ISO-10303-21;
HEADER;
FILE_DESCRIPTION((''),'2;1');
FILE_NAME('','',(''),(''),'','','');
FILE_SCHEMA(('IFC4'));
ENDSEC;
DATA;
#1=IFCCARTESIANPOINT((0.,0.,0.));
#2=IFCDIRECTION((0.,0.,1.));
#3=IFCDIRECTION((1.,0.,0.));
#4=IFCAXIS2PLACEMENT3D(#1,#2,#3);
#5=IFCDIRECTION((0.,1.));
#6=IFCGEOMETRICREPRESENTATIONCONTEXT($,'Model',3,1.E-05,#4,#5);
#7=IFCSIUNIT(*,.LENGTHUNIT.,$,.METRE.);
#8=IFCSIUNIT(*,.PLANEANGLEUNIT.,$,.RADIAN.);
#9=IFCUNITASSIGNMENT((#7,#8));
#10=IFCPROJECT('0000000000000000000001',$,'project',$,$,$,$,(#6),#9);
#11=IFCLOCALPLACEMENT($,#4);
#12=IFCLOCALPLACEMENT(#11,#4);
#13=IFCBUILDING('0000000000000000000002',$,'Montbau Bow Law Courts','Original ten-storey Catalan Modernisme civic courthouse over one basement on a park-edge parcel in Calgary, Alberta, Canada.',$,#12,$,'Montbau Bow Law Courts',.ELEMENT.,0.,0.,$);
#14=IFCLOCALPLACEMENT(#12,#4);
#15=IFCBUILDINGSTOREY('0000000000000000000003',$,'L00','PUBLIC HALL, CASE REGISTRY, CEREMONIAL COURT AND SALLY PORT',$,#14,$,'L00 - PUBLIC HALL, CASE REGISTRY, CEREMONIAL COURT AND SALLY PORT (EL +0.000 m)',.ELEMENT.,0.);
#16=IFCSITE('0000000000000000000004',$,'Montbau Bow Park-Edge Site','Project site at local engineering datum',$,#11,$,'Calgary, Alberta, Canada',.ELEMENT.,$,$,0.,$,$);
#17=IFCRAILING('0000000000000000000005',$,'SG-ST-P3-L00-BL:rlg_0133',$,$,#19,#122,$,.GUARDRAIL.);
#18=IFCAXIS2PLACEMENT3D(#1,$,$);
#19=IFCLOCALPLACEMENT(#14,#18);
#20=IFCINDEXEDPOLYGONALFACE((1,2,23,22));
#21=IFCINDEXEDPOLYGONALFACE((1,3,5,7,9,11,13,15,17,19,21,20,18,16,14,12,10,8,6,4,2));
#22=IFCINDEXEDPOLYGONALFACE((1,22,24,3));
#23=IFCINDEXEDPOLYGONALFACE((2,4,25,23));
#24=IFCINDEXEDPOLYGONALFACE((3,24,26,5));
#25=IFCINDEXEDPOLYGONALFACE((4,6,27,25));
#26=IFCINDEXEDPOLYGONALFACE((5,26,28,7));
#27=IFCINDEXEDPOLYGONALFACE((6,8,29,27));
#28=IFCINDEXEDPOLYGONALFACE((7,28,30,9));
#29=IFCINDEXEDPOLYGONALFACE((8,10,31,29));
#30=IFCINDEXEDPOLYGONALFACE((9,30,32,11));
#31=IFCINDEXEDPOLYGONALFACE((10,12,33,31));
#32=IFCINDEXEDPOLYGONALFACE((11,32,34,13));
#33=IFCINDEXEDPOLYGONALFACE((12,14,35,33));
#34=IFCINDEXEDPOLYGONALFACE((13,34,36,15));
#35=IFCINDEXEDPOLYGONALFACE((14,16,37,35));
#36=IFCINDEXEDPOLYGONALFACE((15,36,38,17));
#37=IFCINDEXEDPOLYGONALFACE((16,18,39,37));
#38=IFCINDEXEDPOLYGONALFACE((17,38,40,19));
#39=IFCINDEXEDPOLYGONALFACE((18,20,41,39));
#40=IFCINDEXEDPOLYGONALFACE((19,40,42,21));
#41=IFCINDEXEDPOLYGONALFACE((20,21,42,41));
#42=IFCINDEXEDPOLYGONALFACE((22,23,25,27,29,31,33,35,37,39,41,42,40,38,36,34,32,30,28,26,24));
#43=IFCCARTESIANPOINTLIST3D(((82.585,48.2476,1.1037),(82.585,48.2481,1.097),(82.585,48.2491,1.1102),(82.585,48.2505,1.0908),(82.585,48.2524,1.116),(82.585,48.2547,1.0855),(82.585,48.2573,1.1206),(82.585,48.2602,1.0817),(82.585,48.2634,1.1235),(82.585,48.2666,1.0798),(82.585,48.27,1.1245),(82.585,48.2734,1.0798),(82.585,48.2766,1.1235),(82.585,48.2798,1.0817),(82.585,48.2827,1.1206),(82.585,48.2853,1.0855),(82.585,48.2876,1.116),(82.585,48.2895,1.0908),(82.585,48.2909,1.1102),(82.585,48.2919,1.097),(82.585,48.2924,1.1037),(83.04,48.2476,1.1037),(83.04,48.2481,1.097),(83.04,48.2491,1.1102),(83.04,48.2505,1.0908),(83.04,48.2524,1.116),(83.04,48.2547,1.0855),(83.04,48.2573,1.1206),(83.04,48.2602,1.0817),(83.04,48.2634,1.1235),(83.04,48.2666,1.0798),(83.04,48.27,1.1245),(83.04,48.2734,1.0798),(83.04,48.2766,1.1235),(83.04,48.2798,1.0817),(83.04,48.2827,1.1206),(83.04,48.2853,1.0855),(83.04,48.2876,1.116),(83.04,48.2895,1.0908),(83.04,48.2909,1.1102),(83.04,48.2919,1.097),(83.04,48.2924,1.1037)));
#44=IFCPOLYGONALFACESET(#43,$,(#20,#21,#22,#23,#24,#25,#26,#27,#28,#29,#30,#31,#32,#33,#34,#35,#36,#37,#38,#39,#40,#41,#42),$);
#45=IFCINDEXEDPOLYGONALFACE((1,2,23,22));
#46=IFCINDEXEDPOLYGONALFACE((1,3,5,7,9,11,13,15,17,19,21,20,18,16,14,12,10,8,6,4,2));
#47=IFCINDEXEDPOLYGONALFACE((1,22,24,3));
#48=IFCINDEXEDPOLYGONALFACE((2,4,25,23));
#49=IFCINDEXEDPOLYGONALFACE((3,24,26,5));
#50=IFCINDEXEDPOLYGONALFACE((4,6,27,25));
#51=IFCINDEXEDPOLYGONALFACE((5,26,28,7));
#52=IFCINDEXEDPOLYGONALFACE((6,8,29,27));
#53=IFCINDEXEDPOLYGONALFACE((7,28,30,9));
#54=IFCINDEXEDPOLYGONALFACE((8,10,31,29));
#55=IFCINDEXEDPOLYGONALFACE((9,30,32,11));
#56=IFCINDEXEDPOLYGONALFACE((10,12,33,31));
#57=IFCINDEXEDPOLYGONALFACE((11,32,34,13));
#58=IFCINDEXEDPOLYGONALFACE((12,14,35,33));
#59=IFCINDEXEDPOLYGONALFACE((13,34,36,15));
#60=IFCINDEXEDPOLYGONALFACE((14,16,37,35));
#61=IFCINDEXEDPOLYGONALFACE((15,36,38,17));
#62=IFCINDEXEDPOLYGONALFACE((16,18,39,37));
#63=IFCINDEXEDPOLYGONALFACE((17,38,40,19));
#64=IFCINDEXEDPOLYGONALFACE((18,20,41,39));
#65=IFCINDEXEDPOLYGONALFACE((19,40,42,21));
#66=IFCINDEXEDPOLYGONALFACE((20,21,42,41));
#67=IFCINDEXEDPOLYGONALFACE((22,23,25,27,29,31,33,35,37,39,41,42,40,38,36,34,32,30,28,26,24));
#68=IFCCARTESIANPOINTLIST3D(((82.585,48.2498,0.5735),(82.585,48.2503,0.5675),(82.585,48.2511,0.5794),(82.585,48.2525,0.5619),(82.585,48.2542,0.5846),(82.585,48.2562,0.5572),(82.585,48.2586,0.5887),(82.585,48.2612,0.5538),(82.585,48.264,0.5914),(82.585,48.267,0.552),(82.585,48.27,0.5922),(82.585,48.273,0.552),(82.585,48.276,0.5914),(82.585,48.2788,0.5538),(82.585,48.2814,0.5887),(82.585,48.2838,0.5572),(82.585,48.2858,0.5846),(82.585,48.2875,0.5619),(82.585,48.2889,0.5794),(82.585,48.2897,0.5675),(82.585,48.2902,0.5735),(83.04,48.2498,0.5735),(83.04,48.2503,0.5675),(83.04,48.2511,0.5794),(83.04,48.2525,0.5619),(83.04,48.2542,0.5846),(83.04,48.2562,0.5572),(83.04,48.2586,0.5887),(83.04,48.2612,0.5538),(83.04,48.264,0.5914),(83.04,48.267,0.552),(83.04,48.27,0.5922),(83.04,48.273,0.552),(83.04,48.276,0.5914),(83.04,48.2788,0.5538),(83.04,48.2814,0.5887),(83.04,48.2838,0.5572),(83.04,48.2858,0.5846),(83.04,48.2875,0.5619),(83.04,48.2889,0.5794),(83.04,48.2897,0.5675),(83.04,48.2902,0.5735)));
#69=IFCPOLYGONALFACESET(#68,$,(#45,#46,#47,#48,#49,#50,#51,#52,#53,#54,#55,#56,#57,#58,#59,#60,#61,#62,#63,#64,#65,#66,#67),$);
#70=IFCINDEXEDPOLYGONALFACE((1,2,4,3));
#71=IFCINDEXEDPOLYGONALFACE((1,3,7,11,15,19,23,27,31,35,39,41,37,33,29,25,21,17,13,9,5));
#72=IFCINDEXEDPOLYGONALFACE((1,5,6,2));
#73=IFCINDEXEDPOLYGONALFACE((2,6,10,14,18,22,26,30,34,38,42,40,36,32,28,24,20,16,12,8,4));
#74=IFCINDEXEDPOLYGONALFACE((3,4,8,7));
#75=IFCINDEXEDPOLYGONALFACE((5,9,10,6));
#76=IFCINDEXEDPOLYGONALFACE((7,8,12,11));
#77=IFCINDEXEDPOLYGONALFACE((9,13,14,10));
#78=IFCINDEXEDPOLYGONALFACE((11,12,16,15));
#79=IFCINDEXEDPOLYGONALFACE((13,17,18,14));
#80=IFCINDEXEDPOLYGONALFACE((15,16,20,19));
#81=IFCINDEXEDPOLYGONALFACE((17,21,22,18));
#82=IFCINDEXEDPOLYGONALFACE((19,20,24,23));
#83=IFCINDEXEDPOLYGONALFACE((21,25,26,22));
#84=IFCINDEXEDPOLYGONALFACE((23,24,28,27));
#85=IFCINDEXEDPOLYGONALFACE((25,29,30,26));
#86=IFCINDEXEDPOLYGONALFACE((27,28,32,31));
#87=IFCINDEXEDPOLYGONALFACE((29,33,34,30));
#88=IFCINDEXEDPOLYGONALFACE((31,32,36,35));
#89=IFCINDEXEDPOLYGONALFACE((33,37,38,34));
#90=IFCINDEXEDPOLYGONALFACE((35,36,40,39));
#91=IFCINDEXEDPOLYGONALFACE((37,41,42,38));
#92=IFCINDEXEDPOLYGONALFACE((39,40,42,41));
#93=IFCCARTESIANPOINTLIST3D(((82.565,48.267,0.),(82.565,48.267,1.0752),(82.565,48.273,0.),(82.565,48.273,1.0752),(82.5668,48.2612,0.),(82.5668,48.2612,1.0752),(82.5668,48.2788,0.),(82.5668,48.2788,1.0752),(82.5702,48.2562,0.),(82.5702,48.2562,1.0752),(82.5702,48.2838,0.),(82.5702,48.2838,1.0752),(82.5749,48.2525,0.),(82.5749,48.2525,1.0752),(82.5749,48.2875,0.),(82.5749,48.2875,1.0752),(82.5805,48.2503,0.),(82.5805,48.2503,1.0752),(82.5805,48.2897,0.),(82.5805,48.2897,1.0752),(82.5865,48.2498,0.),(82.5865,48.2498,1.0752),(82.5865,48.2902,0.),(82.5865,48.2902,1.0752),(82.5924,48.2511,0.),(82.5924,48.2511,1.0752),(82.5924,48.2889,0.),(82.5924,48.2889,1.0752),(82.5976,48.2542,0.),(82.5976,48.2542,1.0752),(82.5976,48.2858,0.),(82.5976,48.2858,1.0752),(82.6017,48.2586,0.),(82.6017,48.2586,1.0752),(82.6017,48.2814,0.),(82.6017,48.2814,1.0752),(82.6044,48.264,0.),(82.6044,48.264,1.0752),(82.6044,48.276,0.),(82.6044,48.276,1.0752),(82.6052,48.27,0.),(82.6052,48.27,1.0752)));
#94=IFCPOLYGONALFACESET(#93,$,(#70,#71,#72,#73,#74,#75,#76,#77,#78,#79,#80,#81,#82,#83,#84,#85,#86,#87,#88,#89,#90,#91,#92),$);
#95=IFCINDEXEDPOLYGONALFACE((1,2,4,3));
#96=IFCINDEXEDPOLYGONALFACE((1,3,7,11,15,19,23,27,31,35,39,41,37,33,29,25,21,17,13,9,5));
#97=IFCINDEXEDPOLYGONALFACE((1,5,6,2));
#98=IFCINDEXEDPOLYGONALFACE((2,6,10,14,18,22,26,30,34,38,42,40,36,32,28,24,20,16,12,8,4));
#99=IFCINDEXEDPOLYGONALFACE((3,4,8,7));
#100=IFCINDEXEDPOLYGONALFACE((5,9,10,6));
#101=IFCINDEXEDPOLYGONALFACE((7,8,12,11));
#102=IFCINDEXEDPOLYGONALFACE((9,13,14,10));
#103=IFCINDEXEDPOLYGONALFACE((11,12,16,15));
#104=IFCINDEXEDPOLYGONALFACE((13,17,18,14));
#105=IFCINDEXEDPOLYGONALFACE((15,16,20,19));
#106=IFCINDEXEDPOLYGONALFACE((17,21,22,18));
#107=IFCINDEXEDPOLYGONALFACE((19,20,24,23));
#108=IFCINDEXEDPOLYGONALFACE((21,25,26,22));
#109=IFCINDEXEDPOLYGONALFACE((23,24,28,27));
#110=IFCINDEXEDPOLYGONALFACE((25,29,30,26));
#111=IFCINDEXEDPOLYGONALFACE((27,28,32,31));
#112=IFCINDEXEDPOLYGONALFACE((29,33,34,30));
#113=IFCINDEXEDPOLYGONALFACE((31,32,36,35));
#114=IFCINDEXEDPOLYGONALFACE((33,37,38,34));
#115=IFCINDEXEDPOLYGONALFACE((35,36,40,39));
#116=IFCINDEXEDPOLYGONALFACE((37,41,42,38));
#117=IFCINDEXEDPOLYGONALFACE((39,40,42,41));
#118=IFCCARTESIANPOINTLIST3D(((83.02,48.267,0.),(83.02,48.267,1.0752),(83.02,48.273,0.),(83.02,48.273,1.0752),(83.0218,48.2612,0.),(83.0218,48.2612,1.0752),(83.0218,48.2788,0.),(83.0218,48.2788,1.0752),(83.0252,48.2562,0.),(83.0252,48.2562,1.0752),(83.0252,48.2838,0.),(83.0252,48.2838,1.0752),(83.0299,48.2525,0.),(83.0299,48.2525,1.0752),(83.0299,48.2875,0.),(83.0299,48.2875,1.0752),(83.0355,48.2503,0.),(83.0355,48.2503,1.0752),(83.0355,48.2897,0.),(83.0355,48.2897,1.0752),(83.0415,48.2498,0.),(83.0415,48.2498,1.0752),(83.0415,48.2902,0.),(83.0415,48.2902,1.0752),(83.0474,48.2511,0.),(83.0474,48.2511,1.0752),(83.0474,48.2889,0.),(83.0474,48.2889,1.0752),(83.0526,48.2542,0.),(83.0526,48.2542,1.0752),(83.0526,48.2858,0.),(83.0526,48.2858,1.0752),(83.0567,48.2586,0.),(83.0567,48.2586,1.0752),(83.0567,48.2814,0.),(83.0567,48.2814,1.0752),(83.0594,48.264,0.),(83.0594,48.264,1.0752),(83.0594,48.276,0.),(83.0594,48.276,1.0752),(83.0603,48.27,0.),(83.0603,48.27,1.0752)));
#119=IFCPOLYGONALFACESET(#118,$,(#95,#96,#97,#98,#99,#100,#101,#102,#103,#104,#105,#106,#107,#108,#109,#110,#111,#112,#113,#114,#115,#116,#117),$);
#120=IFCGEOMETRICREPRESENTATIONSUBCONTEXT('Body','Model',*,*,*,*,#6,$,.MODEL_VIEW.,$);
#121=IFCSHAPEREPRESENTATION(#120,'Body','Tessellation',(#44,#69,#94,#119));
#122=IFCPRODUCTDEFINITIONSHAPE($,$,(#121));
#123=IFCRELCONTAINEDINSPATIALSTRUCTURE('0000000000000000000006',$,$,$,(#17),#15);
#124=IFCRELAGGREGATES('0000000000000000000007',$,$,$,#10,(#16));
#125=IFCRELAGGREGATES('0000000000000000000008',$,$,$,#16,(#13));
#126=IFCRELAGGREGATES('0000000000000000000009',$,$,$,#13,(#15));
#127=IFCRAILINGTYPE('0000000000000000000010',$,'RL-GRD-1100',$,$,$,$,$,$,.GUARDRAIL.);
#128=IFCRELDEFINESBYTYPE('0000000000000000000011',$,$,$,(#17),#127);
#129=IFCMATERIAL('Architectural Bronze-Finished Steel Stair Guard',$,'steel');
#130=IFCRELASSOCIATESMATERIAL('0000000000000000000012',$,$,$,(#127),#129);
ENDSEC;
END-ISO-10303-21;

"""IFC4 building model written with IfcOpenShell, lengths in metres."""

from ifc_helpers import new_model, si_unit, direction, frame, origin_with_axes, origin_2d_with_axis, place, context, subcontext, project, spatial, circle, extrude, material, type_object, element, save


model = new_model("IFC4")

# Units and contexts
model_context = context("Model", 3, precision=1e-05, world=origin_with_axes(), true_north=direction((0.0, 1.0)))
body_context = subcontext(model_context, "Body", "Model", "MODEL_VIEW")
ifc_project = project(units=[si_unit("LENGTHUNIT", "METRE"), si_unit("PLANEANGLEUNIT", "RADIAN")], contexts=[model_context])

# Site, building, storey
site_placement = place(None, origin_with_axes())
site = spatial("IfcSite", under=ifc_project, at=site_placement, Name="Montbau Bow Park-Edge Site", Description="Project site at local engineering datum", LongName="Calgary, Alberta, Canada", CompositionType="ELEMENT", RefElevation=0.0)
building_placement = place(site_placement, origin_with_axes())
building = spatial("IfcBuilding", under=site, at=building_placement, Name="Montbau Bow Law Courts", Description="Original ten-storey Catalan Modernisme civic courthouse over one basement on a park-edge parcel in Calgary, Alberta, Canada.", LongName="Montbau Bow Law Courts", CompositionType="ELEMENT", ElevationOfRefHeight=0.0, ElevationOfTerrain=0.0)
storey_placement = place(building_placement, origin_with_axes())
storey = spatial("IfcBuildingStorey", under=building, at=storey_placement, Name="L00", Description="PUBLIC HALL, CASE REGISTRY, CEREMONIAL COURT AND SALLY PORT", LongName="L00 - PUBLIC HALL, CASE REGISTRY, CEREMONIAL COURT AND SALLY PORT (EL +0.000 m)", CompositionType="ELEMENT", Elevation=0.0)

# Railing
ifc_material_1 = material(Name="Architectural Bronze-Finished Steel Stair Guard", Category="steel")
railing_type_1 = type_object("IfcRailingType", Name="RL-GRD-1100", PredefinedType="GUARDRAIL", material=ifc_material_1)
railing_1_placement = place(None, origin_with_axes())
element("IfcRailing", 1, at=railing_1_placement, inside=storey, type_object=railing_type_1, Name="SG-ST-P3-L00-BL:rlg_0133", PredefinedType="GUARDRAIL", context=body_context, shape_type="SweptSolid", body=[
    extrude(circle(Radius=0.0225, at=origin_2d_with_axis()), frame((82.585, 48.27, 1.102), z_axis=(1.0, 0.0, 0.0), x_axis=(0.0, 0.0, 1.0)), (0.0, 0.0, 1.0), 0.455),
    extrude(circle(Radius=0.0203, at=origin_2d_with_axis()), frame((82.585, 48.27, 0.572), z_axis=(1.0, 0.0, 0.0), x_axis=(0.0, 0.0, 1.0)), (0.0, 0.0, 1.0), 0.455),
    extrude(circle(Radius=0.0203, at=origin_2d_with_axis()), frame((82.585, 48.27, 0.0), z_axis=(0.0, 0.0, 1.0), x_axis=(1.0, 0.0, 0.0)), (0.0, 0.0, 1.0), 1.0753),
    extrude(circle(Radius=0.0203, at=origin_2d_with_axis()), frame((83.04, 48.27, 0.0), z_axis=(0.0, 0.0, 1.0), x_axis=(1.0, 0.0, 0.0)), (0.0, 0.0, 1.0), 1.0753),
])

save(model, "model.ifc")
